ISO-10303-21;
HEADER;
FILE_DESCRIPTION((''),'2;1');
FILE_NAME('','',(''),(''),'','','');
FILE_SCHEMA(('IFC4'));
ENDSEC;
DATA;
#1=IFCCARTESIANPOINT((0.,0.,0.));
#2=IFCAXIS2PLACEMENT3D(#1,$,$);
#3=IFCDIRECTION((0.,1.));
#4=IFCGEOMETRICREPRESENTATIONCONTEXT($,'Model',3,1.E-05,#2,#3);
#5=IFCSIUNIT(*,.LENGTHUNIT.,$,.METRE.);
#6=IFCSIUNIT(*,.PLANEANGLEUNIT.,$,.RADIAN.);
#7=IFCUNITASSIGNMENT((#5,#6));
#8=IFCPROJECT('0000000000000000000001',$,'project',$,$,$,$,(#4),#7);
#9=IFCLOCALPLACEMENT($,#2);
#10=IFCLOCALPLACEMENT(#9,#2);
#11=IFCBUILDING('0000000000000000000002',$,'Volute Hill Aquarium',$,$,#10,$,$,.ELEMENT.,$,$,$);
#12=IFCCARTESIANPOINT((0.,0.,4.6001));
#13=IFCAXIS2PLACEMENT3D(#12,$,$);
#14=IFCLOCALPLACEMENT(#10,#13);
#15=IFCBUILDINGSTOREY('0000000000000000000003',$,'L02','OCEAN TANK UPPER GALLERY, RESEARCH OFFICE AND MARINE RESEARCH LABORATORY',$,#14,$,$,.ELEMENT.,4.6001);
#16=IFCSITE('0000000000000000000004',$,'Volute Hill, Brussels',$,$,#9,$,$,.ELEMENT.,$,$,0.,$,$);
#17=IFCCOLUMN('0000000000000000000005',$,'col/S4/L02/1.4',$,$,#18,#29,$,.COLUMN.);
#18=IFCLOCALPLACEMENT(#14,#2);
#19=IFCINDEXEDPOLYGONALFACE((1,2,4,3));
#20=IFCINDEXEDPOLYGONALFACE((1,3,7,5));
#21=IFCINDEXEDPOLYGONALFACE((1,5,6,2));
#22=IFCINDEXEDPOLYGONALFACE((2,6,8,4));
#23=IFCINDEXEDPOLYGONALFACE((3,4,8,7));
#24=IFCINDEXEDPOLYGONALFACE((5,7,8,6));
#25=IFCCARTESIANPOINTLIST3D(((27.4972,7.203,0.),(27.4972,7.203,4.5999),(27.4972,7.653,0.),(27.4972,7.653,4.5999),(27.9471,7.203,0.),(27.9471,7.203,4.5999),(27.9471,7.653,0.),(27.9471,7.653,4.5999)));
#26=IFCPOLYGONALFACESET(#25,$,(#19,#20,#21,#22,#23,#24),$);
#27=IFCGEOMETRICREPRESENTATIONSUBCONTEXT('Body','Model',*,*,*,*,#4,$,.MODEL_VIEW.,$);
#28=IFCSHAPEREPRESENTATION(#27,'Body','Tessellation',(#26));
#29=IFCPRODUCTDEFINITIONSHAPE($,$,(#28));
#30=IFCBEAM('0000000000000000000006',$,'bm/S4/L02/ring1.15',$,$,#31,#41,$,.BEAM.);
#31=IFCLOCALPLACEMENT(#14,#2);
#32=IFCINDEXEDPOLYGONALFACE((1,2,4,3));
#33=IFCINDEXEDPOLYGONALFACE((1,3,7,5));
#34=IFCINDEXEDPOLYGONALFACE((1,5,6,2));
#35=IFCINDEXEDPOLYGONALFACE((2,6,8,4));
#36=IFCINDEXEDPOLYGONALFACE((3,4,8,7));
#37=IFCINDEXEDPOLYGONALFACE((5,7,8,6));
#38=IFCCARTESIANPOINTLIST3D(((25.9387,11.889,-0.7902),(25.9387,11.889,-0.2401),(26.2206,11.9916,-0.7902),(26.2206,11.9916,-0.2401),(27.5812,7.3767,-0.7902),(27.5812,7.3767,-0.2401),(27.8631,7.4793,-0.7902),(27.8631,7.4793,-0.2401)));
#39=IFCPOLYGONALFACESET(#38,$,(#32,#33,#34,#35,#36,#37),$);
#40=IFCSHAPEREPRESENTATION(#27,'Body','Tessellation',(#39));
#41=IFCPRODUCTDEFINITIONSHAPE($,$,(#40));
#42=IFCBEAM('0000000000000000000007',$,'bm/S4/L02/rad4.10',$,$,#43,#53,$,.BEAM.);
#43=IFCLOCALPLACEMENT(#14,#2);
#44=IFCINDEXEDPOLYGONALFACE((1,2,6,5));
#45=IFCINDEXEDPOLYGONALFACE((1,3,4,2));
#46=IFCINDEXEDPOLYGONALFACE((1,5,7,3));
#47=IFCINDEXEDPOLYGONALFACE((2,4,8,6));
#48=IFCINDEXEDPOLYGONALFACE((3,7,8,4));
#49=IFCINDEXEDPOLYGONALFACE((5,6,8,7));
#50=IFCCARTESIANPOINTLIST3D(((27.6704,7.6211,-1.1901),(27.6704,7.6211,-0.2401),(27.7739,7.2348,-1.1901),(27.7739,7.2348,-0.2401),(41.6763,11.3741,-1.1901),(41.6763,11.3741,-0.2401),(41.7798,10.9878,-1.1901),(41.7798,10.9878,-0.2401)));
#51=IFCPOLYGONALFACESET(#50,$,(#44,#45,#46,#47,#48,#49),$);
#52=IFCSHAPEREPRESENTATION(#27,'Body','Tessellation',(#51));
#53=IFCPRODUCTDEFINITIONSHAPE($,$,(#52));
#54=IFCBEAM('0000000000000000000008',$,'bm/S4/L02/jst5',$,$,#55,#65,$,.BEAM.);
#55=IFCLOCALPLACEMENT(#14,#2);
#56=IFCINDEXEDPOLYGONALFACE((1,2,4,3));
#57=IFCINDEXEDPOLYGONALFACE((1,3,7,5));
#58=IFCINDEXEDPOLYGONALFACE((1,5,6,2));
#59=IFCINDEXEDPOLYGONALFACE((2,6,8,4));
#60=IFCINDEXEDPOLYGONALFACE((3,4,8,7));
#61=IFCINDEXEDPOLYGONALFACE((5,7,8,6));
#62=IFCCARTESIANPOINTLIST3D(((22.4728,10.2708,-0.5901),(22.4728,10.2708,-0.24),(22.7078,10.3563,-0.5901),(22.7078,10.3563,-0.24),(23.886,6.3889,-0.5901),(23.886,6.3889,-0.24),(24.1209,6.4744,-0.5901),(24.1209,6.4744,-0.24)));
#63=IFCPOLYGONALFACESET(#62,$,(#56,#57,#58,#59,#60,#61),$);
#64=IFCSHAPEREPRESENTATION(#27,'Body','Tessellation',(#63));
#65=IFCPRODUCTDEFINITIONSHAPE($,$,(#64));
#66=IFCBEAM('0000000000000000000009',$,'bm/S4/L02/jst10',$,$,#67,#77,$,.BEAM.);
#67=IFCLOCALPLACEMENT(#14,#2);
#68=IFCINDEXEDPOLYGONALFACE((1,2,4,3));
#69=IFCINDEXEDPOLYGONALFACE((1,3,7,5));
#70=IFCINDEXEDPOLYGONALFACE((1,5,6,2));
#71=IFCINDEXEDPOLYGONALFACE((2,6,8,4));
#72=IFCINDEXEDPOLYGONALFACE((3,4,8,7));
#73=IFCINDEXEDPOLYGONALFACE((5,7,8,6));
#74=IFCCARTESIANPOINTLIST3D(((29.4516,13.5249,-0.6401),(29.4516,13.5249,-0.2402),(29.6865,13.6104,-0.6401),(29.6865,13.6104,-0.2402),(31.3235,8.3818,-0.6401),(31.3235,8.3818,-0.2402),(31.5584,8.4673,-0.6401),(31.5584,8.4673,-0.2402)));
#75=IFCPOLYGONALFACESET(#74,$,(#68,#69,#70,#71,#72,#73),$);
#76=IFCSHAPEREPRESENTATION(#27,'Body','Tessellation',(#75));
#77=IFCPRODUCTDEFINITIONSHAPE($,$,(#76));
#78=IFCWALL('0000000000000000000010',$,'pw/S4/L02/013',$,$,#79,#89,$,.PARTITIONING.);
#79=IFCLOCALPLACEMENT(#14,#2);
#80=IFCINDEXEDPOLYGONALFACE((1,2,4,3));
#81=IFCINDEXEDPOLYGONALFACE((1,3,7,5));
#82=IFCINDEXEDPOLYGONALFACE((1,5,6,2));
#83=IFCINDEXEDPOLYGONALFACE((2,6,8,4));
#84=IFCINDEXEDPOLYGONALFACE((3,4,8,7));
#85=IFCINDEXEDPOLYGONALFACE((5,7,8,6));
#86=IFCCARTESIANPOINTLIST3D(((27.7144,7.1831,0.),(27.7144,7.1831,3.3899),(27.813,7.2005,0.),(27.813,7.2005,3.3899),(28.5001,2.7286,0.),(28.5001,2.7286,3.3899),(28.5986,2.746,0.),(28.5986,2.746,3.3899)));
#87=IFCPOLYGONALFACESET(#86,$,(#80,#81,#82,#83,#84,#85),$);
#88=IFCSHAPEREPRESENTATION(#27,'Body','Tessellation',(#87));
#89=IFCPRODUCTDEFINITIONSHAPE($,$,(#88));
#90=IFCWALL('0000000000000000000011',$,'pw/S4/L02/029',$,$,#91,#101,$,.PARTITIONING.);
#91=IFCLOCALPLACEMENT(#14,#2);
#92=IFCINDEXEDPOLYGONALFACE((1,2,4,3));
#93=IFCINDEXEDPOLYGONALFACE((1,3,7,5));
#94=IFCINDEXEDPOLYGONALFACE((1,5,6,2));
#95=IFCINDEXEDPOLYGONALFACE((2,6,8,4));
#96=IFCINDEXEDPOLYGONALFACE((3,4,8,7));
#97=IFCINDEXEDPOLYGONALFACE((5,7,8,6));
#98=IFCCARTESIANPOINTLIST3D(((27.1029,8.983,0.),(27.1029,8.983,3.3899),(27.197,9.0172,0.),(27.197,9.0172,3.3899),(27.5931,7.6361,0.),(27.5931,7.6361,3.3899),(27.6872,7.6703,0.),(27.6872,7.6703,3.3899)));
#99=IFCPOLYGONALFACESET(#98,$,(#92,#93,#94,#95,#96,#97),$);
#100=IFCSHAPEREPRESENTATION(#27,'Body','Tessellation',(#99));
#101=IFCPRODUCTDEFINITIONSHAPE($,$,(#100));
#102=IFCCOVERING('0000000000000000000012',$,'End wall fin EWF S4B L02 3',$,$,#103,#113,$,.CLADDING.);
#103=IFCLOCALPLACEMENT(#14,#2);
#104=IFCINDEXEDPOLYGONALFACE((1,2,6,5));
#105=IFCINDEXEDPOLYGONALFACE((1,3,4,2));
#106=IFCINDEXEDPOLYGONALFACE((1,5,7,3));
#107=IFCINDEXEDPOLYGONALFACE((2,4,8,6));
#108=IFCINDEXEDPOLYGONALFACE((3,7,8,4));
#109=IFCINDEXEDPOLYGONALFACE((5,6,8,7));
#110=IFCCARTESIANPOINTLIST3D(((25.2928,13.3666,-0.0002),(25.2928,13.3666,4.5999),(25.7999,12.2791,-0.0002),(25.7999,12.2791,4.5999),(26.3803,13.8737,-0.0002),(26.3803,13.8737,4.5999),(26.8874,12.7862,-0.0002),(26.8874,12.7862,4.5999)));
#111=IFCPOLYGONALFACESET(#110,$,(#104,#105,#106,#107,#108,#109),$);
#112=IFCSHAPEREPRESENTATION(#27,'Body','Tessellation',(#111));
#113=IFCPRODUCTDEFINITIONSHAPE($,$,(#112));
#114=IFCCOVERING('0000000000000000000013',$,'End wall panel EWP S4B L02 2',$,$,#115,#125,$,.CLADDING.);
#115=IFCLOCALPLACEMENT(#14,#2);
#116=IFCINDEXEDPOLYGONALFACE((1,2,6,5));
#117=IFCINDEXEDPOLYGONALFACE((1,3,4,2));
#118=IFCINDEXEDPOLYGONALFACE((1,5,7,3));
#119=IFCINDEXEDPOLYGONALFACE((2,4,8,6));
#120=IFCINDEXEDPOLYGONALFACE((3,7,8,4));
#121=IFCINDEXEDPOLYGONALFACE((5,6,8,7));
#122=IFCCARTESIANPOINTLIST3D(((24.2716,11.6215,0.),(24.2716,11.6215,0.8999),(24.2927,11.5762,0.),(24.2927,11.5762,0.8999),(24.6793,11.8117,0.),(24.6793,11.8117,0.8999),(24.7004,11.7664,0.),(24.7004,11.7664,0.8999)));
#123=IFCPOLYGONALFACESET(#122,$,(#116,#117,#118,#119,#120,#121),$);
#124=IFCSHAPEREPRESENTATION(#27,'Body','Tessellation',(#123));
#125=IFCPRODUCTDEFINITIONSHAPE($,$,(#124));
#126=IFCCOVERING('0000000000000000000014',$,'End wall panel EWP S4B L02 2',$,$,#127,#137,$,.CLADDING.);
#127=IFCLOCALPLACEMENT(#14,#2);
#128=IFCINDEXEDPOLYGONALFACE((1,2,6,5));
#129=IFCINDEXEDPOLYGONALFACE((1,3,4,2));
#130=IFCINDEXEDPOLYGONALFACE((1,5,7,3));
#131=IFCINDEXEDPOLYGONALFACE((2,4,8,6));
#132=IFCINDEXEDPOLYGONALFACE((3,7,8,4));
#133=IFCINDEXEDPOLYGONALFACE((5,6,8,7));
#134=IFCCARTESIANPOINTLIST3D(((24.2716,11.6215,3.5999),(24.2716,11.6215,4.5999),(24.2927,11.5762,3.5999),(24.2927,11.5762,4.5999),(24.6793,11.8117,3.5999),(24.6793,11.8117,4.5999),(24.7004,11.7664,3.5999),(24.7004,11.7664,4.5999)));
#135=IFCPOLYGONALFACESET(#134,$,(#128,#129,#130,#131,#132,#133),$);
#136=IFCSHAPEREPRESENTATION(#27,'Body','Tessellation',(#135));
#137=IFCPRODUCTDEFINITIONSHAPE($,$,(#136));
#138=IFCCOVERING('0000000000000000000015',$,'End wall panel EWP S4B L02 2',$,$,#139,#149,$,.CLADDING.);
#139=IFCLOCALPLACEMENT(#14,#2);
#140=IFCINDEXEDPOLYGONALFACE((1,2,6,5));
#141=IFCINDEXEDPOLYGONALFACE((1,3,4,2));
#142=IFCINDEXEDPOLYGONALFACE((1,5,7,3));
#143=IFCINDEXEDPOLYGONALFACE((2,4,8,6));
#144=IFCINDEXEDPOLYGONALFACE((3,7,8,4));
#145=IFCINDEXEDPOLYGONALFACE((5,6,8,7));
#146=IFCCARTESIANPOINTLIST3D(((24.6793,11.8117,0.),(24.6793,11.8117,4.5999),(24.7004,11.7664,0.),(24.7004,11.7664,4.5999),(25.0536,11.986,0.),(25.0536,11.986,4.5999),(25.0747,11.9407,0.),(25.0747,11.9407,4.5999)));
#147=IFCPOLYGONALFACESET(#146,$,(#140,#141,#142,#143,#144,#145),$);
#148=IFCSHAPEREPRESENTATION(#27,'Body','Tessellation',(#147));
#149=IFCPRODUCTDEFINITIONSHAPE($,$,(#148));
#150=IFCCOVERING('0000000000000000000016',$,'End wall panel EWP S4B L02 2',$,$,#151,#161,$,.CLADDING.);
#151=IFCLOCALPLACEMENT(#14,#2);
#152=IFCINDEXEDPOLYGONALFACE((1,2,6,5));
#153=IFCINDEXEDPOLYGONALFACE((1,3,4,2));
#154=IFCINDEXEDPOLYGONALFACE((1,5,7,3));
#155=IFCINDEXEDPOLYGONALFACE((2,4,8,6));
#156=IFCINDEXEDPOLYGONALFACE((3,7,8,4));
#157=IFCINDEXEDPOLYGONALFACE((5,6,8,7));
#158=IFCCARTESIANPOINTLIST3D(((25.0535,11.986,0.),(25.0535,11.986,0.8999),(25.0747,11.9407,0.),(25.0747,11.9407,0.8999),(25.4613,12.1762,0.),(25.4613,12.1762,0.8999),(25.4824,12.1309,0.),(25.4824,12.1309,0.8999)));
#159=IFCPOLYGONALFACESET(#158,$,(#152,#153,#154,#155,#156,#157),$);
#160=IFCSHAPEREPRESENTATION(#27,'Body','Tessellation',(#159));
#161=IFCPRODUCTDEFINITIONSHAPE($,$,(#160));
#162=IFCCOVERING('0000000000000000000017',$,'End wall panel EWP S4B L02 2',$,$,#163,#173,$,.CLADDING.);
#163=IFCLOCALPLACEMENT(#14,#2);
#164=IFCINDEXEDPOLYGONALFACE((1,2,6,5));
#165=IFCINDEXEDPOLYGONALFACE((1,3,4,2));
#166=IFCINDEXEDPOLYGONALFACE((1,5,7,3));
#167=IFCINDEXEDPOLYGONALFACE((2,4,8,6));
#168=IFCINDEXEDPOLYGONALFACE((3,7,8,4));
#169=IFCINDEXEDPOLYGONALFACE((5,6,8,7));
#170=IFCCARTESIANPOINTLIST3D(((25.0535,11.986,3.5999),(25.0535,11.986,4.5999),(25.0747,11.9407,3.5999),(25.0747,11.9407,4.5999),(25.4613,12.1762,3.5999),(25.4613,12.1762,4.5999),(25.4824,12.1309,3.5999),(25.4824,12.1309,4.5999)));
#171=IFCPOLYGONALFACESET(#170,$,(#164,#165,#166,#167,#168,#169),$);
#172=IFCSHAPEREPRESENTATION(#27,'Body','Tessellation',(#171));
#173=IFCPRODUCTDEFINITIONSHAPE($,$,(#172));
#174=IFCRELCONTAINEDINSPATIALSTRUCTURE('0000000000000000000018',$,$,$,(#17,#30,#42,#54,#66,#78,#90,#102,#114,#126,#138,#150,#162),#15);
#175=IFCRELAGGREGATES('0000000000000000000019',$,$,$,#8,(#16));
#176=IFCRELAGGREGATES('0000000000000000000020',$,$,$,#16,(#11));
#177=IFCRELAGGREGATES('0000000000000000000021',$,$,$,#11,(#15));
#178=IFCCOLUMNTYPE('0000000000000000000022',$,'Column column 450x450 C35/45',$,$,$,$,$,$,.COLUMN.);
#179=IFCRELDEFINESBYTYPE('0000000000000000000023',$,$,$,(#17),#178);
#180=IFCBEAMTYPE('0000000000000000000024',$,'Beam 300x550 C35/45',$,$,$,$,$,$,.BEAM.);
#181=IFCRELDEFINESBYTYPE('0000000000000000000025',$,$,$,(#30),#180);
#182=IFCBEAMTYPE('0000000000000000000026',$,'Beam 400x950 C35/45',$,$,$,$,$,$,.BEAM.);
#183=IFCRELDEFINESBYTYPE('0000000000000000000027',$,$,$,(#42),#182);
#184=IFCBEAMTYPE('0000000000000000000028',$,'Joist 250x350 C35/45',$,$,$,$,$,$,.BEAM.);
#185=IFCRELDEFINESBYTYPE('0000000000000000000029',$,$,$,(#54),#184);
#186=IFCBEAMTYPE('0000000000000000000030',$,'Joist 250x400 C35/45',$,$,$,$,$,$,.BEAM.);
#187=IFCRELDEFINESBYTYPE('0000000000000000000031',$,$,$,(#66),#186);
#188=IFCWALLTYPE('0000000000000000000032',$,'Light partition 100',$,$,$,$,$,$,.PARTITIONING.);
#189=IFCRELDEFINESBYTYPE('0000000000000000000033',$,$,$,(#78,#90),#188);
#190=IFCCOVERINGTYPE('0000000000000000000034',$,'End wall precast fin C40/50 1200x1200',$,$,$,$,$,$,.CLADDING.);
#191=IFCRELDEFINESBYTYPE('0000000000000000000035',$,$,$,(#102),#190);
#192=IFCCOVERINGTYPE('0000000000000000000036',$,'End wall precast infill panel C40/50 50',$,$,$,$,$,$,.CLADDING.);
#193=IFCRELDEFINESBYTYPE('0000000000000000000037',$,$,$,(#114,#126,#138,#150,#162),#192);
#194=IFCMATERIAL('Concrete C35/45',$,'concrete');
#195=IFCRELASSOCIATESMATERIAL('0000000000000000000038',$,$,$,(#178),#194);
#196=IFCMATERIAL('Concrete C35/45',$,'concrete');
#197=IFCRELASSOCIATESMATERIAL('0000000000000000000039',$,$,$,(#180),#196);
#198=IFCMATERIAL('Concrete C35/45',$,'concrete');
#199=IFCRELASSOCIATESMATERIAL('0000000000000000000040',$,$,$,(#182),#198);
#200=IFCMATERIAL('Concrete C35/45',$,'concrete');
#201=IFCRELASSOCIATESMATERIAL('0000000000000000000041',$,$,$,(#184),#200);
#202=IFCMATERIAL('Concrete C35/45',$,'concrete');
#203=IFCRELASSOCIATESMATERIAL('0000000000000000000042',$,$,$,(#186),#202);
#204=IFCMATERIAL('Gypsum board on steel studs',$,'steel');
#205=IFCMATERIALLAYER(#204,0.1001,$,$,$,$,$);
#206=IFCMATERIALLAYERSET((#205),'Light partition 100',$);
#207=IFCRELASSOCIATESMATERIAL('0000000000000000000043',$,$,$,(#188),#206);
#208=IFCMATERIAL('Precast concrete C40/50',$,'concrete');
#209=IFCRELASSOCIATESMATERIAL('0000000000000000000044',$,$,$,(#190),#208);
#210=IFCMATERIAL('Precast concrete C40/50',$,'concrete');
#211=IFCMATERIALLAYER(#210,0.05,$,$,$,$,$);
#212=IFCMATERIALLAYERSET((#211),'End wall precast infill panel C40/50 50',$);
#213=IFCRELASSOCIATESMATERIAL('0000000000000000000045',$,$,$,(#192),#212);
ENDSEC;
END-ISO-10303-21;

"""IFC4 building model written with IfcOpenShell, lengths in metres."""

from ifc_helpers import new_model, si_unit, direction, frame, frame_2d, origin, origin_2d, place, context, subcontext, project, spatial, polyline, rectangle, outline, extrude, material, layer, layer_set, material_profile, profile_set, type_object, element, save


model = new_model("IFC4")

# Units and contexts
model_context = context("Model", 3, precision=1e-05, world=origin(), true_north=direction((0.0, 1.0)))
body_context = subcontext(model_context, "Body", "Model", "MODEL_VIEW")
ifc_project = project(units=[si_unit("LENGTHUNIT", "METRE"), si_unit("PLANEANGLEUNIT", "RADIAN")], contexts=[model_context])

# Site, building, storey
site_placement = place(None, origin())
site = spatial("IfcSite", under=ifc_project, at=site_placement, Name="Volute Hill, Brussels", CompositionType="ELEMENT", RefElevation=0.0)
building_placement = place(site_placement, origin())
building = spatial("IfcBuilding", under=site, at=building_placement, Name="Volute Hill Aquarium", CompositionType="ELEMENT")
storey_placement = place(building_placement, frame((0.0, 0.0, 4.6001)))
storey = spatial("IfcBuildingStorey", under=building, at=storey_placement, Name="L02", Description="OCEAN TANK UPPER GALLERY, RESEARCH OFFICE AND MARINE RESEARCH LABORATORY", CompositionType="ELEMENT", Elevation=4.6001)

# Column
ifc_material_1 = material(Name="Concrete C35/45", Category="concrete")
ifc_material_profile_1 = material_profile(ifc_material_1, rectangle(XDim=0.45, YDim=0.45, at=origin_2d()), Name="RC column 450x450")
ifc_profile_set_1 = profile_set([ifc_material_profile_1], Name="Concrete C35/45")
column_type = type_object("IfcColumnType", Name="Column column 450x450 C35/45", PredefinedType="COLUMN", material=ifc_profile_set_1)
column_placement = place(storey_placement, frame((27.7222, 7.428, 0.0), z_axis=(0.0, 0.0, 1.0), x_axis=(1.0, 0.0, 0.0)))
element("IfcColumn", 1, at=column_placement, inside=storey, type_object=column_type, Name="col/S4/L02/1.4", PredefinedType="COLUMN", context=body_context, shape_type="SweptSolid", body=[
    extrude(rectangle(XDim=0.45, YDim=0.45, at=origin_2d()), origin(), (0.0, 0.0, 1.0), 4.5999),
])

# Beams
ifc_material_2 = material(Name="Concrete C35/45", Category="concrete")
ifc_material_profile_2 = material_profile(ifc_material_2, rectangle(XDim=0.3, YDim=0.55, at=origin_2d()), Name="RC beam 300x550")
ifc_profile_set_2 = profile_set([ifc_material_profile_2], Name="Concrete C35/45")
beam_type_1 = type_object("IfcBeamType", Name="Beam 300x550 C35/45", PredefinedType="BEAM", material=ifc_profile_set_2)
beam_1_placement = place(storey_placement, frame((27.7222, 7.428, -0.5151), z_axis=(-0.342053, 0.939681, 0.0), x_axis=(-0.939681, -0.342053, 0.0)))
element("IfcBeam", 2, at=beam_1_placement, inside=storey, type_object=beam_type_1, Name="bm/S4/L02/ring1.15", PredefinedType="BEAM", context=body_context, shape_type="SweptSolid", body=[
    extrude(rectangle(XDim=0.3, YDim=0.55, at=origin_2d()), origin(), (0.0, 0.0, 1.0), 4.802),
])
ifc_material_3 = material(Name="Concrete C35/45", Category="concrete")
ifc_material_profile_3 = material_profile(ifc_material_3, rectangle(XDim=0.3999, YDim=0.95, at=origin_2d()), Name="RC beam 400x950")
ifc_profile_set_3 = profile_set([ifc_material_profile_3], Name="Concrete C35/45")
beam_type_2 = type_object("IfcBeamType", Name="Beam 400x950 C35/45", PredefinedType="BEAM", material=ifc_profile_set_3)
beam_2_placement = place(storey_placement, frame((27.7222, 7.428, -0.7151), z_axis=(0.965925, 0.258824, 0.0), x_axis=(-0.258824, 0.965925, 0.0)))
element("IfcBeam", 3, at=beam_2_placement, inside=storey, type_object=beam_type_2, Name="bm/S4/L02/rad4.10", PredefinedType="BEAM", context=body_context, shape_type="SweptSolid", body=[
    extrude(rectangle(XDim=0.3999, YDim=0.95, at=origin_2d()), origin(), (0.0, 0.0, 1.0), 14.5),
])
ifc_material_4 = material(Name="Concrete C35/45", Category="concrete")
ifc_material_profile_4 = material_profile(ifc_material_4, rectangle(XDim=0.25, YDim=0.3501, at=origin_2d()), Name="RC joist 250x350")
ifc_profile_set_4 = profile_set([ifc_material_profile_4], Name="Concrete C35/45")
beam_type_3 = type_object("IfcBeamType", Name="Joist 250x350 C35/45", PredefinedType="BEAM", material=ifc_profile_set_4)
beam_3_placement = place(storey_placement, frame((24.0034, 6.4316, -0.415), z_axis=(-0.342066, 0.939676, 0.0), x_axis=(-0.939676, -0.342066, 0.0)))
element("IfcBeam", 4, at=beam_3_placement, inside=storey, type_object=beam_type_3, Name="bm/S4/L02/jst5", PredefinedType="BEAM", context=body_context, shape_type="SweptSolid", body=[
    extrude(rectangle(XDim=0.25, YDim=0.3501, at=origin_2d()), origin(), (0.0, 0.0, 1.0), 4.1311),
])
ifc_material_5 = material(Name="Concrete C35/45", Category="concrete")
ifc_material_profile_5 = material_profile(ifc_material_5, rectangle(XDim=0.25, YDim=0.3999, at=origin_2d()), Name="RC joist 250x400")
ifc_profile_set_5 = profile_set([ifc_material_profile_5], Name="Concrete C35/45")
beam_type_4 = type_object("IfcBeamType", Name="Joist 250x400 C35/45", PredefinedType="BEAM", material=ifc_profile_set_5)
beam_4_placement = place(storey_placement, frame((31.4409, 8.4246, -0.4402), z_axis=(-0.342005, 0.939698, 0.0), x_axis=(-0.939698, -0.342005, 0.0)))
element("IfcBeam", 5, at=beam_4_placement, inside=storey, type_object=beam_type_4, Name="bm/S4/L02/jst10", PredefinedType="BEAM", context=body_context, shape_type="SweptSolid", body=[
    extrude(rectangle(XDim=0.25, YDim=0.3999, at=origin_2d()), origin(), (0.0, 0.0, 1.0), 5.4731),
])

# Walls
ifc_material_6 = material(Name="Gypsum board on steel studs", Category="steel")
ifc_layer_1 = layer(ifc_material_6, 0.1001)
ifc_layer_set_1 = layer_set([ifc_layer_1], Name="Light partition 100")
wall_type_1 = type_object("IfcWallType", Name="Light partition 100", PredefinedType="PARTITIONING", material=ifc_layer_set_1)
wall_1_placement = place(storey_placement, frame((27.7637, 7.1919, 0.0), z_axis=(0.0, 0.0, 1.0), x_axis=(0.173696, -0.984799, 0.0)))
element("IfcWall", 6, at=wall_1_placement, inside=storey, type_object=wall_type_1, Name="pw/S4/L02/013", PredefinedType="PARTITIONING", context=body_context, shape_type="SweptSolid", body=[
    extrude(rectangle(XDim=4.5232, YDim=0.1001, at=frame_2d((2.2617, 0.0))), origin(), (0.0, 0.0, 1.0), 3.3899),
])
wall_2_placement = place(storey_placement, frame((27.1499, 9.0002, 0.0), z_axis=(0.0, 0.0, 1.0), x_axis=(0.342017, -0.939694, 0.0)))
element("IfcWall", 7, at=wall_2_placement, inside=storey, type_object=wall_type_1, Name="pw/S4/L02/029", PredefinedType="PARTITIONING", context=body_context, shape_type="SweptSolid", body=[
    extrude(rectangle(XDim=1.4333, YDim=0.1001, at=frame_2d((0.7168, 0.0))), origin(), (0.0, 0.0, 1.0), 3.3899),
])

# Coverings
ifc_material_7 = material(Name="Precast concrete C40/50", Category="concrete")
covering_type_1 = type_object("IfcCoveringType", Name="End wall precast fin C40/50 1200x1200", PredefinedType="CLADDING", material=ifc_material_7)
covering_1_placement = place(storey_placement, frame((26.0901, 13.0764, -0.0002), z_axis=(0.0, 0.0, 1.0), x_axis=(0.906309, 0.422616, 0.0)))
element("IfcCovering", 8, at=covering_1_placement, inside=storey, type_object=covering_type_1, Name="End wall fin EWF S4B L02 3", PredefinedType="CLADDING", context=body_context, shape_type="SweptSolid", body=[
    extrude(rectangle(XDim=1.2, YDim=1.2, at=origin_2d()), origin(), (0.0, 0.0, 1.0), 4.6001),
])
ifc_material_8 = material(Name="Precast concrete C40/50", Category="concrete")
ifc_layer_2 = layer(ifc_material_8, 0.05)
ifc_layer_set_2 = layer_set([ifc_layer_2], Name="End wall precast infill panel C40/50 50")
covering_type_2 = type_object("IfcCoveringType", Name="End wall precast infill panel C40/50 50", PredefinedType="CLADDING", material=ifc_layer_set_2)
covering_2_placement = place(storey_placement, frame((24.2927, 11.5762, 0.0), z_axis=(0.422737, -0.906252, 0.0), x_axis=(0.906252, 0.422737, 0.0)))
element("IfcCovering", 9, at=covering_2_placement, inside=storey, type_object=covering_type_2, Name="End wall panel EWP S4B L02 2", PredefinedType="CLADDING", context=body_context, shape_type="SweptSolid", body=[
    extrude(outline(polyline([(0.0, 0.0), (0.4499, 0.0), (0.4499, 0.8999), (0.0, 0.8999), (0.0, 0.0)])), origin(), (0.0, 0.0, -1.0), 0.05),
])
covering_3_placement = place(storey_placement, frame((24.2927, 11.5762, 3.5999), z_axis=(0.422737, -0.906252, 0.0), x_axis=(0.906252, 0.422737, 0.0)))
element("IfcCovering", 10, at=covering_3_placement, inside=storey, type_object=covering_type_2, Name="End wall panel EWP S4B L02 2", PredefinedType="CLADDING", context=body_context, shape_type="SweptSolid", body=[
    extrude(outline(polyline([(0.0, 0.0), (0.4499, 0.0), (0.4499, 1.0), (0.0, 1.0), (0.0, 0.0)])), origin(), (0.0, 0.0, -1.0), 0.05),
])
covering_4_placement = place(storey_placement, frame((24.7004, 11.7664, 0.0), z_axis=(0.422206, -0.9065, 0.0), x_axis=(0.9065, 0.422206, 0.0)))
element("IfcCovering", 11, at=covering_4_placement, inside=storey, type_object=covering_type_2, Name="End wall panel EWP S4B L02 2", PredefinedType="CLADDING", context=body_context, shape_type="SweptSolid", body=[
    extrude(outline(polyline([(0.0, 0.0), (0.4129, 0.0), (0.4129, 4.5999), (0.0, 4.5999), (0.0, 0.0)])), origin(), (0.0, 0.0, -1.0), 0.05),
])
covering_5_placement = place(storey_placement, frame((25.0747, 11.9407, 0.0), z_axis=(0.422737, -0.906252, 0.0), x_axis=(0.906252, 0.422737, 0.0)))
element("IfcCovering", 12, at=covering_5_placement, inside=storey, type_object=covering_type_2, Name="End wall panel EWP S4B L02 2", PredefinedType="CLADDING", context=body_context, shape_type="SweptSolid", body=[
    extrude(outline(polyline([(0.0, 0.0), (0.4499, 0.0), (0.4499, 0.8999), (0.0, 0.8999), (0.0, 0.0)])), origin(), (0.0, 0.0, -1.0), 0.05),
])
covering_6_placement = place(storey_placement, frame((25.0747, 11.9407, 3.5999), z_axis=(0.422737, -0.906252, 0.0), x_axis=(0.906252, 0.422737, 0.0)))
element("IfcCovering", 13, at=covering_6_placement, inside=storey, type_object=covering_type_2, Name="End wall panel EWP S4B L02 2", PredefinedType="CLADDING", context=body_context, shape_type="SweptSolid", body=[
    extrude(outline(polyline([(0.0, 0.0), (0.4499, 0.0), (0.4499, 1.0), (0.0, 1.0), (0.0, 0.0)])), origin(), (0.0, 0.0, -1.0), 0.05),
])

save(model, "model.ifc")
